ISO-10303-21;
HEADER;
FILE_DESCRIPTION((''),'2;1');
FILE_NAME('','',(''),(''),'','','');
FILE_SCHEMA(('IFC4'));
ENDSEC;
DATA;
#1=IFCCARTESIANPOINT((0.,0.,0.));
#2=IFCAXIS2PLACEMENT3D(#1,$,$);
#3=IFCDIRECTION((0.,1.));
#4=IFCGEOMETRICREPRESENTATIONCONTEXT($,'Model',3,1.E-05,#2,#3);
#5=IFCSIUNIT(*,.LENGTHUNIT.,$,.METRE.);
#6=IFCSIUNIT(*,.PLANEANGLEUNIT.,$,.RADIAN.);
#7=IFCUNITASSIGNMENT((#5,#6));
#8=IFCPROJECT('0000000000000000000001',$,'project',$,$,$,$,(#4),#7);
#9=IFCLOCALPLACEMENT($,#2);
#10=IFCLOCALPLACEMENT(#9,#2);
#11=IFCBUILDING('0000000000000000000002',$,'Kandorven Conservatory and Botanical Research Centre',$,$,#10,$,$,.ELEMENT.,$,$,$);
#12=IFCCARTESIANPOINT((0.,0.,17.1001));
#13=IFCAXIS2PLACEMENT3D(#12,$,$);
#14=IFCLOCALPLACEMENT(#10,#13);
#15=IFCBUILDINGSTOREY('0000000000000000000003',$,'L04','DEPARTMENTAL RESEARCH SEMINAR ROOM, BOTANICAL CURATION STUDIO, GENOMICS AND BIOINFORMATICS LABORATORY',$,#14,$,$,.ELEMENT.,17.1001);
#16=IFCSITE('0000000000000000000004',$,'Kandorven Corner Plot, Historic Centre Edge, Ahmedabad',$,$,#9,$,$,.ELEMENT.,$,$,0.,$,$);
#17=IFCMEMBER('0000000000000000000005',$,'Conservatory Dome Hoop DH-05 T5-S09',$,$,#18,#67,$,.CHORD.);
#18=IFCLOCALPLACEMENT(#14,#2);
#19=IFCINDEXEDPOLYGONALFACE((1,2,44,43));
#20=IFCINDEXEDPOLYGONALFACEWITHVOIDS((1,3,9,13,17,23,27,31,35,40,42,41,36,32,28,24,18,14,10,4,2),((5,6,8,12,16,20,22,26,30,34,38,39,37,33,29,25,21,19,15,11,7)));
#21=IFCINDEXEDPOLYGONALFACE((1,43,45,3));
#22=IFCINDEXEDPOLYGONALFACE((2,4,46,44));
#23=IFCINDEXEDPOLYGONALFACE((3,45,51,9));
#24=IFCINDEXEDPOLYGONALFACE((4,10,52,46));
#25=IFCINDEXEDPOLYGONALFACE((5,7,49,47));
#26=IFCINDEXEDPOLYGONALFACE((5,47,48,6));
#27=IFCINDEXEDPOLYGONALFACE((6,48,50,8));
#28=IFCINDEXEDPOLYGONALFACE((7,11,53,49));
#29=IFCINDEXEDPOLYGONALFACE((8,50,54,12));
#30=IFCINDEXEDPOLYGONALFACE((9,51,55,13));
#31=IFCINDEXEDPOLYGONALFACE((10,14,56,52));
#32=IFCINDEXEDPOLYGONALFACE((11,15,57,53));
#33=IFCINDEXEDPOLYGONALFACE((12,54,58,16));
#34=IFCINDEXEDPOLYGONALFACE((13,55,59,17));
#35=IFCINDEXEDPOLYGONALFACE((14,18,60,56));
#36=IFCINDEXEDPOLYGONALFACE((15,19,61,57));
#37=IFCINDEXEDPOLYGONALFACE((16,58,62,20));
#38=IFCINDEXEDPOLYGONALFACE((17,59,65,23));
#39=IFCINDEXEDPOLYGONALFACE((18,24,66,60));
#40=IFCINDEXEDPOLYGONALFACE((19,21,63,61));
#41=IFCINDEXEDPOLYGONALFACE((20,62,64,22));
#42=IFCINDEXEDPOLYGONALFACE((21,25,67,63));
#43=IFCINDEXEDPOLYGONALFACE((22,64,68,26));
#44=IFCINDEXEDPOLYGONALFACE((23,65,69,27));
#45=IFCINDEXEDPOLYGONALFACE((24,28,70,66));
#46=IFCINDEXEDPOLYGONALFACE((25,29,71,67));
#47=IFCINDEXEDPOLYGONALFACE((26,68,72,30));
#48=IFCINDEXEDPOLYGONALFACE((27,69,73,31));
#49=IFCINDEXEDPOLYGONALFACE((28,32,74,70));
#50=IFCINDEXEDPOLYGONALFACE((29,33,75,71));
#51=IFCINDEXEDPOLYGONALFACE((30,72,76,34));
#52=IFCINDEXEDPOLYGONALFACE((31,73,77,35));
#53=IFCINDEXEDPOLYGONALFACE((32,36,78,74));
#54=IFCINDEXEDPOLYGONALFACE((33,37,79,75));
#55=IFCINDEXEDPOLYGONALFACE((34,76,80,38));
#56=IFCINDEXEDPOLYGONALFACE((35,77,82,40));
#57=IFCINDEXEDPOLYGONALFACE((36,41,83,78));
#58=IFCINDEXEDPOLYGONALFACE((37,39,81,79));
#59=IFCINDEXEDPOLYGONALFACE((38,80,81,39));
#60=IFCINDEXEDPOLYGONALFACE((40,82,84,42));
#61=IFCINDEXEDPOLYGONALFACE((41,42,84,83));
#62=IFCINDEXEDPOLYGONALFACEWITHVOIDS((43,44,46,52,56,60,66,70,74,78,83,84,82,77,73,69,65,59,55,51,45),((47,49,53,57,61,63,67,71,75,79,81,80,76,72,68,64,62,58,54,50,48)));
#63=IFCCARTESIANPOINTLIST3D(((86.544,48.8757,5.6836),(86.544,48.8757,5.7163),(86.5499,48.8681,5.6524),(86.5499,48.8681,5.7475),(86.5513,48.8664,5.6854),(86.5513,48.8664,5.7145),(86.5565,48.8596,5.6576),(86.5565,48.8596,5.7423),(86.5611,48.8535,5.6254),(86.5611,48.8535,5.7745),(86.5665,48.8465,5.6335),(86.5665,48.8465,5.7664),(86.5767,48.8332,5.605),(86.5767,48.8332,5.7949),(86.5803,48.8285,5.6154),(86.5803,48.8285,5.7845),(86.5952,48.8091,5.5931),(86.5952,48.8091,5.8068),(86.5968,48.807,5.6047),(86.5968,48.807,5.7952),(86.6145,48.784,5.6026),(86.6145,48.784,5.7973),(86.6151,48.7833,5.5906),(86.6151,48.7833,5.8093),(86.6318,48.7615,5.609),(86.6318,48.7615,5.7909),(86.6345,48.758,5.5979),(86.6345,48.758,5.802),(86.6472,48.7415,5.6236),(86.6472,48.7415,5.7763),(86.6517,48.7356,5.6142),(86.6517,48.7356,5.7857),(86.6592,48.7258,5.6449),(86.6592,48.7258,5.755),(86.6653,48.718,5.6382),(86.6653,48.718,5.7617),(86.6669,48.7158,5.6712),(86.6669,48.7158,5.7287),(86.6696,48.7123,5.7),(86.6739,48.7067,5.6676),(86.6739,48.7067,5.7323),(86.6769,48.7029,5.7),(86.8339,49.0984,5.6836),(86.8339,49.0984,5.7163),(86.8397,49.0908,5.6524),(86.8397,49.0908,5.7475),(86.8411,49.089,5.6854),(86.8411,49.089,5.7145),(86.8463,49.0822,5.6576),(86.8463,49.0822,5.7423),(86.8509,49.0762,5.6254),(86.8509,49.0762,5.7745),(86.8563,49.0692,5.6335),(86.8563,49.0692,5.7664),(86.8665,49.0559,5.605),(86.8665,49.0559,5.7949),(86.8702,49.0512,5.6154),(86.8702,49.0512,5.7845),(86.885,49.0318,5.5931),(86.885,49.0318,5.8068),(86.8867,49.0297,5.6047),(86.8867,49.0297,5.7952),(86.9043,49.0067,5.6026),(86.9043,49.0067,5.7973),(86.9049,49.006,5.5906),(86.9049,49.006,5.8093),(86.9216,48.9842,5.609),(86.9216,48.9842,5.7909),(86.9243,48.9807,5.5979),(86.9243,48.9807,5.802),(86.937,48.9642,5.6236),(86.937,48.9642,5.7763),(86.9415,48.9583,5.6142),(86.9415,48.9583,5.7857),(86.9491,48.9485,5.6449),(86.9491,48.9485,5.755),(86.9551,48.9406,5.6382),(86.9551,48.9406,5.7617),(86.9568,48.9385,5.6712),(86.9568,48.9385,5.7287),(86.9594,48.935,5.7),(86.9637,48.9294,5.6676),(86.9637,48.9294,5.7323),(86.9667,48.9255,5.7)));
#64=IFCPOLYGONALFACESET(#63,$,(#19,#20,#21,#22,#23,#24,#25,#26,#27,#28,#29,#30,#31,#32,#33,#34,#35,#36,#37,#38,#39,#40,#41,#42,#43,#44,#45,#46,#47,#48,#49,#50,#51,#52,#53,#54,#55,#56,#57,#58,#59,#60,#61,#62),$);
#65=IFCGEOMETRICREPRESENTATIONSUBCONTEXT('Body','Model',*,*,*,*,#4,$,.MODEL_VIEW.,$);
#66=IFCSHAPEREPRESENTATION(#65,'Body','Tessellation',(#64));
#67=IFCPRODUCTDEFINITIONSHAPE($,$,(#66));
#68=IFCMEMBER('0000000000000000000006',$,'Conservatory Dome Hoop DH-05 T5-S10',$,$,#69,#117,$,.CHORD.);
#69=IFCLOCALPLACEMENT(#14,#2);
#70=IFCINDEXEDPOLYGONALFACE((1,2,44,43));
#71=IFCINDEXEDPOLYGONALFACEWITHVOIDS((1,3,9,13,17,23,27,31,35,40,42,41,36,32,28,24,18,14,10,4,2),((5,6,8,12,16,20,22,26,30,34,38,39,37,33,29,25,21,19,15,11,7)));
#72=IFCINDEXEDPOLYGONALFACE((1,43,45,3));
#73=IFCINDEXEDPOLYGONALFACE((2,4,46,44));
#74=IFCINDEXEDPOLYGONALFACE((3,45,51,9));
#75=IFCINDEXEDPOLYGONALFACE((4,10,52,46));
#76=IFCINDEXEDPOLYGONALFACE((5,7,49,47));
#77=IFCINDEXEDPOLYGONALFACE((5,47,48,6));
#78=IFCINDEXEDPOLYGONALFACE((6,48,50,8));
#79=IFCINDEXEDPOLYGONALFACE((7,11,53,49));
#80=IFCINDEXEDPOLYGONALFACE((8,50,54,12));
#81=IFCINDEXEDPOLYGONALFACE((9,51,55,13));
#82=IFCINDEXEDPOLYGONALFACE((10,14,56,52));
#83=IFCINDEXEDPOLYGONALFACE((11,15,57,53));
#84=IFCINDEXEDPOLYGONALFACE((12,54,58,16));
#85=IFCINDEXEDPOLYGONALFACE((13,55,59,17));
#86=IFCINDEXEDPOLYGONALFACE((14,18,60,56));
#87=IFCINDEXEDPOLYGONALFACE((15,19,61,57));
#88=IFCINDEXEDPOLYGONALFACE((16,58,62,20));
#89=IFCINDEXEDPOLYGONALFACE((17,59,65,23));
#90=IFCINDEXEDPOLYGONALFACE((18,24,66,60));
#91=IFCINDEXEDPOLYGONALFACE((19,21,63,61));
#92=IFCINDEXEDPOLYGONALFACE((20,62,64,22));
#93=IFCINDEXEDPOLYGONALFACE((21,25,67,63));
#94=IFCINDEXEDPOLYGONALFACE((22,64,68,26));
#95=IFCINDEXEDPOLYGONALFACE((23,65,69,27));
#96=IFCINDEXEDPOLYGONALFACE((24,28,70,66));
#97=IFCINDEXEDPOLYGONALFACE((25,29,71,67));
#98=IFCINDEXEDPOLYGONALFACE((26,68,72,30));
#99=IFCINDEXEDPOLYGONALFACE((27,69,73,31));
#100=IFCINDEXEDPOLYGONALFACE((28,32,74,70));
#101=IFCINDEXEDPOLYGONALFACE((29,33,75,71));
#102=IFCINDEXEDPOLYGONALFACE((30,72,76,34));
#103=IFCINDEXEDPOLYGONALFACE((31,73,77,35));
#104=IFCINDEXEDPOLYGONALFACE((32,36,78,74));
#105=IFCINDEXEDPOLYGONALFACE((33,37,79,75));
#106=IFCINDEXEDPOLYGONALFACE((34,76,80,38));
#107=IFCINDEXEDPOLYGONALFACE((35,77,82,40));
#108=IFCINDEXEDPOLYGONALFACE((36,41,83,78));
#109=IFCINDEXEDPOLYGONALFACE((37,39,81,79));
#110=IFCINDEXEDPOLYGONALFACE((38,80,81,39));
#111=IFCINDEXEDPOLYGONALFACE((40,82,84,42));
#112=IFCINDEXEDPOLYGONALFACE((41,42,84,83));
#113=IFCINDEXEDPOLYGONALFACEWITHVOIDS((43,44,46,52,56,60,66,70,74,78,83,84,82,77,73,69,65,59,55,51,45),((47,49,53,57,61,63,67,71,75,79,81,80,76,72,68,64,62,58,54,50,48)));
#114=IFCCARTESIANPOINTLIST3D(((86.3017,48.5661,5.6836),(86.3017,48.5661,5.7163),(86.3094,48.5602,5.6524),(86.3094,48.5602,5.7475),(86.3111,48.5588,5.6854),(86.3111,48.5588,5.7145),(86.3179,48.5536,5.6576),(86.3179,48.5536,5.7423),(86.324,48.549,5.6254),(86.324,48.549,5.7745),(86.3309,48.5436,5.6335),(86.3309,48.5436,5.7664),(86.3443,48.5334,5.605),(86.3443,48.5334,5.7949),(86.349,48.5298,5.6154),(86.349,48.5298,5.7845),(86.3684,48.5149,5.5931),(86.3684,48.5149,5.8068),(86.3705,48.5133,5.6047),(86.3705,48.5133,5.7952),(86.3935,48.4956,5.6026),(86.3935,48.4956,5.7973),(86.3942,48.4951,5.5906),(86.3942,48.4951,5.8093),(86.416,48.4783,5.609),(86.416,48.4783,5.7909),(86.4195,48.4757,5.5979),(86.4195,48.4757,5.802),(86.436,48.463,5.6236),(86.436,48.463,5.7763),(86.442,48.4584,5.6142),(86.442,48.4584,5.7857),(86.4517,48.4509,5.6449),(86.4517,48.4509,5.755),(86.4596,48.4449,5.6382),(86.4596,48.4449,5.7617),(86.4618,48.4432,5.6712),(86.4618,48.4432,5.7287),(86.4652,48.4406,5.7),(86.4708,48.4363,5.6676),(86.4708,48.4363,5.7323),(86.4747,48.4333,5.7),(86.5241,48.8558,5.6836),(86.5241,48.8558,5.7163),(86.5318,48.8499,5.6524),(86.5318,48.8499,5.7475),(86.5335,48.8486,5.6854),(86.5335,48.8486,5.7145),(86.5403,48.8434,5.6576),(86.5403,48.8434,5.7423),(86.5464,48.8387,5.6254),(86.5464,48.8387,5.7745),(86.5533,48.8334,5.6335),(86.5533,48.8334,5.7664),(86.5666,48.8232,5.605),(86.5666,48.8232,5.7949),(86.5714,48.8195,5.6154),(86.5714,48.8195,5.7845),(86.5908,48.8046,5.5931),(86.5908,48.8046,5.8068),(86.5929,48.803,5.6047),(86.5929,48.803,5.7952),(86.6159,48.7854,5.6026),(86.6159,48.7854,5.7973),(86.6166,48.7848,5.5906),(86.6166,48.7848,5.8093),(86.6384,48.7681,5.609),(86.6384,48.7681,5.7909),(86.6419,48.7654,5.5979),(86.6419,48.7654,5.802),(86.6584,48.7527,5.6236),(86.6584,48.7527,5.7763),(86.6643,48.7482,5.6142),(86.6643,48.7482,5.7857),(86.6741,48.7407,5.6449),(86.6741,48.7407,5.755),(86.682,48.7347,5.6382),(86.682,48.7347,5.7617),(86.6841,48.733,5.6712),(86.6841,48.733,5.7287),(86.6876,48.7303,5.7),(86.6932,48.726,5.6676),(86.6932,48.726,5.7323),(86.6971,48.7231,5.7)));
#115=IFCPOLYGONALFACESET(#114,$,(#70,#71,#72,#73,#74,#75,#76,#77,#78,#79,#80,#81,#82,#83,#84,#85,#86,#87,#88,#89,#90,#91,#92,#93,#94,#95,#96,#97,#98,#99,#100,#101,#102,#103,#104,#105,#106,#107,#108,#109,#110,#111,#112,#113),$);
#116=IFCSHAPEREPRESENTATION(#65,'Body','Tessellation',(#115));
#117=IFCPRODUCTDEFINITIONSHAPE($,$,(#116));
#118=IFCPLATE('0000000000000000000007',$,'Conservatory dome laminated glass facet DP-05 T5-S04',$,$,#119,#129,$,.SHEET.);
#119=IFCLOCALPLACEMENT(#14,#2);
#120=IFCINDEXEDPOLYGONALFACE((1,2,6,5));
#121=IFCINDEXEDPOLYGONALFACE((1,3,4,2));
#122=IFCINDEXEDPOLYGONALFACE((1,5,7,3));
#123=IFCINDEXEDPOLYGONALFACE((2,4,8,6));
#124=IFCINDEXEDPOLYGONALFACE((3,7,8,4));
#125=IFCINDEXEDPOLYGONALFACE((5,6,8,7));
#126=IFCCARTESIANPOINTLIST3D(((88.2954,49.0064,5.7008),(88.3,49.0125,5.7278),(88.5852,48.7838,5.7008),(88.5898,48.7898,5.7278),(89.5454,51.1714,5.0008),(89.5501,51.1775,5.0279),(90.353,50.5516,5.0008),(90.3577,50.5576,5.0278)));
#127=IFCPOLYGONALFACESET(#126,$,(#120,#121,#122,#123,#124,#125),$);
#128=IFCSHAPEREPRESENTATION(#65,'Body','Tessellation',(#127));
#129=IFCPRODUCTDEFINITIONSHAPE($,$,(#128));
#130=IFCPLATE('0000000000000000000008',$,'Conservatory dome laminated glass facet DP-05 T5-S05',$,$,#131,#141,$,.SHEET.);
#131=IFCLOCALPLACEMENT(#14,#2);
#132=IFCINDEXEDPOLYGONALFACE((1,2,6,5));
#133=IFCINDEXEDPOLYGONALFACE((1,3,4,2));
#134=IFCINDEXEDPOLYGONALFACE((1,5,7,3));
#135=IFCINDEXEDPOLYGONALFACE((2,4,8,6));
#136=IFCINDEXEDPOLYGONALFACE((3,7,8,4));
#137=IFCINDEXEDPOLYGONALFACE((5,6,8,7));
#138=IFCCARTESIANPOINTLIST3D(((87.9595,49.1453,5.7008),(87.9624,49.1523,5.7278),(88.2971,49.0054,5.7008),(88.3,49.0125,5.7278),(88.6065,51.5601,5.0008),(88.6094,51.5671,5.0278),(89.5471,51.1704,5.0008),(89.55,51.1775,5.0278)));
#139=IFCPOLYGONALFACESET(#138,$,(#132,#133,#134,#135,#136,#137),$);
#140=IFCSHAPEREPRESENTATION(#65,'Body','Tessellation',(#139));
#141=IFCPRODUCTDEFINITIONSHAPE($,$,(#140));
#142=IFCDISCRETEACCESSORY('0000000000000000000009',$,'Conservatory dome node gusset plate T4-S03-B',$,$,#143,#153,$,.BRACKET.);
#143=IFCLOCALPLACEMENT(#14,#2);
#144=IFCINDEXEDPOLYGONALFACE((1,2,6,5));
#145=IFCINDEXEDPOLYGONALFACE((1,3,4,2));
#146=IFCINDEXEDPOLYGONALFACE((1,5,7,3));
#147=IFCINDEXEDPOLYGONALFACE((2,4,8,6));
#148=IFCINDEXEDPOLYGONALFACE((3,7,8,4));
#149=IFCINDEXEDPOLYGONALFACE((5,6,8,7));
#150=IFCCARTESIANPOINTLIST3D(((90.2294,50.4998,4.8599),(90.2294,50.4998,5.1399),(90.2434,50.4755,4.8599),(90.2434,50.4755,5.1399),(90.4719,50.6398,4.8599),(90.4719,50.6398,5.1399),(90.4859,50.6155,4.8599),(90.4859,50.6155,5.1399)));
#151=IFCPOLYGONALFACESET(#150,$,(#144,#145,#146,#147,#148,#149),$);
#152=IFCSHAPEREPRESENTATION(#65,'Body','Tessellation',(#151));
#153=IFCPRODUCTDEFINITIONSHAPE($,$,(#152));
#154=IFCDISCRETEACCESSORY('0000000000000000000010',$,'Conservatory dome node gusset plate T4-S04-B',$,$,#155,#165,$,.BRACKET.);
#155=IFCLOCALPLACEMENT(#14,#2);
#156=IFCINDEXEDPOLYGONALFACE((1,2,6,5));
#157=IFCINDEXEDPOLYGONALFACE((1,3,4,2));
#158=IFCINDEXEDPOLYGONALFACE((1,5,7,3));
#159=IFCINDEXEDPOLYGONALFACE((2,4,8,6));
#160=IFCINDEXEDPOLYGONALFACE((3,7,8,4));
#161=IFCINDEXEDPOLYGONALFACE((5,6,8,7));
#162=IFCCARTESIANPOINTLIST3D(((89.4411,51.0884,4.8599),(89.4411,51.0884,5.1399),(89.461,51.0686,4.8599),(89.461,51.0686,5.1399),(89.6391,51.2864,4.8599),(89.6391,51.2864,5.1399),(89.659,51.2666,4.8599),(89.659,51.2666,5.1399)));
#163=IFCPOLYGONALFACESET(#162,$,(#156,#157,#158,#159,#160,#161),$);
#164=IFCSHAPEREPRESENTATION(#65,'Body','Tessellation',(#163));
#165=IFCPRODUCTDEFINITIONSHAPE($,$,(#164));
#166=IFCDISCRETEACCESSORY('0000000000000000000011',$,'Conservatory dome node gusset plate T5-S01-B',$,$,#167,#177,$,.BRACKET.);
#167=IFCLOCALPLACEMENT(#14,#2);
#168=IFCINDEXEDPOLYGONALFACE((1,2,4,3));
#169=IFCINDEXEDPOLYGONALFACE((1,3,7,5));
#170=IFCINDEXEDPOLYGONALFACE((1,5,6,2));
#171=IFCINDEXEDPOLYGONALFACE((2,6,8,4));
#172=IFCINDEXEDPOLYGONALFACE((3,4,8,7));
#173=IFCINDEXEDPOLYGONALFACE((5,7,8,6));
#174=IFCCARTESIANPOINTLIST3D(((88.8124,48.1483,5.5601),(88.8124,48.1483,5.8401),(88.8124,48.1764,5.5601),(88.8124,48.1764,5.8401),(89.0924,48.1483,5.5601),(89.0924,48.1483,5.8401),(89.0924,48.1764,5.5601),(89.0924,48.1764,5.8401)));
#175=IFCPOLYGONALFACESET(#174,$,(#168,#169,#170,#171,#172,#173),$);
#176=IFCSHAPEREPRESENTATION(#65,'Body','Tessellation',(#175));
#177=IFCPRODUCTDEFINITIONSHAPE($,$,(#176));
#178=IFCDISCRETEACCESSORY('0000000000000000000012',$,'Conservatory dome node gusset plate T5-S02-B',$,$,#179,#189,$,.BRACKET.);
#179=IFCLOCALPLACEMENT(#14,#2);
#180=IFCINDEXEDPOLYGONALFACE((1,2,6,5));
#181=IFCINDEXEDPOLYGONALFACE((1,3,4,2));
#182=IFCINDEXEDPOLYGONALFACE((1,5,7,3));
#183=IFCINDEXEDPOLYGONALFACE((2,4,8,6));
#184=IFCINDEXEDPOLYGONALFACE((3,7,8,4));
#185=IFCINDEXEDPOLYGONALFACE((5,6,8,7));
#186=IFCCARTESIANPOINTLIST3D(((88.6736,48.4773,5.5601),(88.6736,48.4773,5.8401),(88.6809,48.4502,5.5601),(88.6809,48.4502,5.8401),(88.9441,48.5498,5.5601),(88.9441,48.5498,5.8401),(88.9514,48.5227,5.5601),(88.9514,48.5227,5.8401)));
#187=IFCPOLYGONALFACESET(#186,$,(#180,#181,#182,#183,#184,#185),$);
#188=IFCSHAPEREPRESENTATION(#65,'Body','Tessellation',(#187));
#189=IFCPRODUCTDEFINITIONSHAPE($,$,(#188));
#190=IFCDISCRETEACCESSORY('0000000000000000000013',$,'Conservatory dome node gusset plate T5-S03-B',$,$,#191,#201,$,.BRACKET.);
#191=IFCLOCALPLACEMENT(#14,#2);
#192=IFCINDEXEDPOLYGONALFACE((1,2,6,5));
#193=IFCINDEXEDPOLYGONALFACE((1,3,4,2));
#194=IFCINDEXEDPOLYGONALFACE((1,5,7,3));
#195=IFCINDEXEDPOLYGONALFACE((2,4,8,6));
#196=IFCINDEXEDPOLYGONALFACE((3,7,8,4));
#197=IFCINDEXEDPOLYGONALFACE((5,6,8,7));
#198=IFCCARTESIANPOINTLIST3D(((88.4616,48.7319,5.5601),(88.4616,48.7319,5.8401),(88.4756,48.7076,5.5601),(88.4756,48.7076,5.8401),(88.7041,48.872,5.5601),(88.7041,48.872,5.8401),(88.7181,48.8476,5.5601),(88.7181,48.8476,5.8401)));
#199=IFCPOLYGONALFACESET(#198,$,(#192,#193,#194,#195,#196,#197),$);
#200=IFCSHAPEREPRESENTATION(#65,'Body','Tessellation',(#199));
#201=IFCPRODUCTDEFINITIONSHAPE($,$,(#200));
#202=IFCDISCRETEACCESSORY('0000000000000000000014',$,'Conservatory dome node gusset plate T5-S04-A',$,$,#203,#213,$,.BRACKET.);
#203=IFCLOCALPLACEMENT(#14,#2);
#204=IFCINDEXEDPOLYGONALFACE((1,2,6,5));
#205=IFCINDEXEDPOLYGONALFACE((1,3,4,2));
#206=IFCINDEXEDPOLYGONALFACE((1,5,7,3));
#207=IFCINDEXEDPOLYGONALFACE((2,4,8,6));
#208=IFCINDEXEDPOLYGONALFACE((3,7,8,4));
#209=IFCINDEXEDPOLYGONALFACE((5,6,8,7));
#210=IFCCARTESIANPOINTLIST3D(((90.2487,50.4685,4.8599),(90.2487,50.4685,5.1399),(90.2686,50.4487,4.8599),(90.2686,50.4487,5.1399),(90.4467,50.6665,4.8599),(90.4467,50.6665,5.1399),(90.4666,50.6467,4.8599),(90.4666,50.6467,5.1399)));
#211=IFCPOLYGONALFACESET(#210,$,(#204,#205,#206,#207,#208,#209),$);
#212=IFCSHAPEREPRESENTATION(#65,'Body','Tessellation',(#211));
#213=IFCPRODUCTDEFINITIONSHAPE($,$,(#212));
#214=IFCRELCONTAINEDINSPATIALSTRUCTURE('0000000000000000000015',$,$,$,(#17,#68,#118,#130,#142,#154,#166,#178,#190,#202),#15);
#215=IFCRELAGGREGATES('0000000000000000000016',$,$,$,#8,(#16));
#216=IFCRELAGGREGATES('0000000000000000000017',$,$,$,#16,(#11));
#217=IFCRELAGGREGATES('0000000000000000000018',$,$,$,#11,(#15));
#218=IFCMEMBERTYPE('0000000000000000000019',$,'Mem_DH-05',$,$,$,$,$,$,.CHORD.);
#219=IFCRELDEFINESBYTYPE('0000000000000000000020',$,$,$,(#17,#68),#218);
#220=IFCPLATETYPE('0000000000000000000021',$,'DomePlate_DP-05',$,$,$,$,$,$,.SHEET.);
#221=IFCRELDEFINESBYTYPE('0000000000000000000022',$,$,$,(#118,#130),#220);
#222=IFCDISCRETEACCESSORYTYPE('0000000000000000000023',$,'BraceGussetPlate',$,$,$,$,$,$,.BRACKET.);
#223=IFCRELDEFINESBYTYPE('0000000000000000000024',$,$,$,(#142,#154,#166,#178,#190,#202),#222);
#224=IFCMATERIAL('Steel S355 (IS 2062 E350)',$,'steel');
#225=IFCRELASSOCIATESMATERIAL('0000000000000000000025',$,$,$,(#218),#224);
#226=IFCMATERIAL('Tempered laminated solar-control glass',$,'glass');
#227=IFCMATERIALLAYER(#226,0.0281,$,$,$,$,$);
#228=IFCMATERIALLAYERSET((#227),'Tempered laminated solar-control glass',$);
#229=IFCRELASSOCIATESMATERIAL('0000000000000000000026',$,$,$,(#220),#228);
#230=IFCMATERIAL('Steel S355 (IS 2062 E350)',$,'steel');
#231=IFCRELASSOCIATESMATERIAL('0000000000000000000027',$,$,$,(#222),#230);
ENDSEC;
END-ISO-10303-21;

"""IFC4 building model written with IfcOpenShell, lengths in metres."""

from ifc_helpers import new_model, si_unit, direction, frame, origin, origin_2d, place, context, subcontext, project, spatial, polyline, rectangle, hollow_circle, outline, extrude, material, layer, layer_set, material_profile, profile_set, type_object, element, save


model = new_model("IFC4")

# Units and contexts
model_context = context("Model", 3, precision=1e-05, world=origin(), true_north=direction((0.0, 1.0)))
body_context = subcontext(model_context, "Body", "Model", "MODEL_VIEW")
ifc_project = project(units=[si_unit("LENGTHUNIT", "METRE"), si_unit("PLANEANGLEUNIT", "RADIAN")], contexts=[model_context])

# Site, building, storey
site_placement = place(None, origin())
site = spatial("IfcSite", under=ifc_project, at=site_placement, Name="Kandorven Corner Plot, Historic Centre Edge, Ahmedabad", CompositionType="ELEMENT", RefElevation=0.0)
building_placement = place(site_placement, origin())
building = spatial("IfcBuilding", under=site, at=building_placement, Name="Kandorven Conservatory and Botanical Research Centre", CompositionType="ELEMENT")
storey_placement = place(building_placement, frame((0.0, 0.0, 17.1001)))
storey = spatial("IfcBuildingStorey", under=building, at=storey_placement, Name="L04", Description="DEPARTMENTAL RESEARCH SEMINAR ROOM, BOTANICAL CURATION STUDIO, GENOMICS AND BIOINFORMATICS LABORATORY", CompositionType="ELEMENT", Elevation=17.1001)

# Members
ifc_material_1 = material(Name="Steel S355 (IS 2062 E350)", Category="steel")
ifc_material_profile_1 = material_profile(ifc_material_1, hollow_circle(Radius=0.1096, WallThickness=0.012, at=origin_2d()))
ifc_profile_set_1 = profile_set([ifc_material_profile_1], Name="Steel S355 (IS 2062 E350)")
member_type_1 = type_object("IfcMemberType", Name="Mem_DH-05", PredefinedType="CHORD", material=ifc_profile_set_1)
member_1_placement = place(storey_placement, frame((86.8999, 49.0125, 5.7), z_axis=(-0.792972, -0.609259, 0.0), x_axis=(0.609259, -0.792972, 0.0)))
element("IfcMember", 1, at=member_1_placement, inside=storey, type_object=member_type_1, Name="Conservatory Dome Hoop DH-05 T5-S09", PredefinedType="CHORD", context=body_context, shape_type="SweptSolid", body=[
    extrude(hollow_circle(Radius=0.1096, WallThickness=0.012, at=origin_2d()), origin(), (0.0, 0.0, 1.0), 0.3655),
])
member_2_placement = place(storey_placement, frame((86.6101, 48.7898, 5.7), z_axis=(-0.608838, -0.793294, 0.0), x_axis=(0.793294, -0.608838, 0.0)))
element("IfcMember", 2, at=member_2_placement, inside=storey, type_object=member_type_1, Name="Conservatory Dome Hoop DH-05 T5-S10", PredefinedType="CHORD", context=body_context, shape_type="SweptSolid", body=[
    extrude(hollow_circle(Radius=0.1096, WallThickness=0.012, at=origin_2d()), origin(), (0.0, 0.0, 1.0), 0.3652),
])

# Plates
ifc_material_2 = material(Name="Tempered laminated solar-control glass", Category="glass")
ifc_layer = layer(ifc_material_2, 0.0281)
ifc_layer_set = layer_set([ifc_layer], Name="Tempered laminated solar-control glass")
plate_type = type_object("IfcPlateType", Name="DomePlate_DP-05", PredefinedType="SHEET", material=ifc_layer_set)
plate_1_placement = place(storey_placement, frame((90.3577, 50.5576, 5.0278), z_axis=(0.165496, 0.215562, 0.962364), x_axis=(-0.793268, 0.608872, 0.000034)))
element("IfcPlate", 3, at=plate_1_placement, inside=storey, type_object=plate_type, Name="Conservatory dome laminated glass facet DP-05 T5-S04", PredefinedType="SHEET", context=body_context, shape_type="SweptSolid", body=[
    extrude(outline(polyline([(0.0, 0.0), (1.0181, 0.0), (0.6915, 2.5755), (0.326, 2.5757), (0.0, 0.0)])), origin(), (0.0, 0.0, -1.0), 0.0281),
])
plate_2_placement = place(storey_placement, frame((89.55, 51.1775, 5.0278), z_axis=(0.10401, 0.251081, 0.962362), x_axis=(-0.923876, 0.382692, 0.000006)))
element("IfcPlate", 4, at=plate_2_placement, inside=storey, type_object=plate_type, Name="Conservatory dome laminated glass facet DP-05 T5-S05", PredefinedType="SHEET", context=body_context, shape_type="SweptSolid", body=[
    extrude(outline(polyline([(0.0, 0.0), (1.0182, 0.0), (0.6918, 2.5755), (0.3263, 2.5755), (0.0, 0.0)])), origin(), (0.0, 0.0, -1.0), 0.0281),
])

# Discrete accessories
ifc_material_3 = material(Name="Steel S355 (IS 2062 E350)", Category="steel")
discrete_accessory_type = type_object("IfcDiscreteAccessoryType", Name="BraceGussetPlate", PredefinedType="BRACKET", material=ifc_material_3)
for number, where, z_axis, x_axis, name in (
    (5, (90.3577, 50.5576, 4.8599), (0.0, 0.0, 1.0), (0.866025, 0.5, 0.0), "Conservatory dome node gusset plate T4-S03-B"),
    (6, (89.55, 51.1775, 4.8599), (0.0, 0.0, 1.0), (0.707107, 0.707107, 0.0), "Conservatory dome node gusset plate T4-S04-B"),
    (7, (88.9524, 48.1624, 5.5601), (0.0, 0.0, 1.0), (1.0, 0.0, 0.0), "Conservatory dome node gusset plate T5-S01-B"),
    (8, (88.8125, 48.5, 5.5601), (0.0, 0.0, 1.0), (0.965926, 0.258819, 0.0), "Conservatory dome node gusset plate T5-S02-B"),
    (9, (88.5898, 48.7898, 5.5601), (0.0, 0.0, 1.0), (0.866025, 0.5, 0.0), "Conservatory dome node gusset plate T5-S03-B"),
    (10, (90.3577, 50.5576, 4.8599), (0.0, 0.0, 1.0), (0.707107, 0.707107, 0.0), "Conservatory dome node gusset plate T5-S04-A"),
):
    element("IfcDiscreteAccessory", number, at=place(storey_placement, frame(where, z_axis=z_axis, x_axis=x_axis)), inside=storey, type_object=discrete_accessory_type, Name=name, PredefinedType="BRACKET", context=body_context, shape_type="SweptSolid", body=[
        extrude(rectangle(XDim=0.28, YDim=0.0281, at=origin_2d()), origin(), (0.0, 0.0, 1.0), 0.28),
    ])

save(model, "model.ifc")
